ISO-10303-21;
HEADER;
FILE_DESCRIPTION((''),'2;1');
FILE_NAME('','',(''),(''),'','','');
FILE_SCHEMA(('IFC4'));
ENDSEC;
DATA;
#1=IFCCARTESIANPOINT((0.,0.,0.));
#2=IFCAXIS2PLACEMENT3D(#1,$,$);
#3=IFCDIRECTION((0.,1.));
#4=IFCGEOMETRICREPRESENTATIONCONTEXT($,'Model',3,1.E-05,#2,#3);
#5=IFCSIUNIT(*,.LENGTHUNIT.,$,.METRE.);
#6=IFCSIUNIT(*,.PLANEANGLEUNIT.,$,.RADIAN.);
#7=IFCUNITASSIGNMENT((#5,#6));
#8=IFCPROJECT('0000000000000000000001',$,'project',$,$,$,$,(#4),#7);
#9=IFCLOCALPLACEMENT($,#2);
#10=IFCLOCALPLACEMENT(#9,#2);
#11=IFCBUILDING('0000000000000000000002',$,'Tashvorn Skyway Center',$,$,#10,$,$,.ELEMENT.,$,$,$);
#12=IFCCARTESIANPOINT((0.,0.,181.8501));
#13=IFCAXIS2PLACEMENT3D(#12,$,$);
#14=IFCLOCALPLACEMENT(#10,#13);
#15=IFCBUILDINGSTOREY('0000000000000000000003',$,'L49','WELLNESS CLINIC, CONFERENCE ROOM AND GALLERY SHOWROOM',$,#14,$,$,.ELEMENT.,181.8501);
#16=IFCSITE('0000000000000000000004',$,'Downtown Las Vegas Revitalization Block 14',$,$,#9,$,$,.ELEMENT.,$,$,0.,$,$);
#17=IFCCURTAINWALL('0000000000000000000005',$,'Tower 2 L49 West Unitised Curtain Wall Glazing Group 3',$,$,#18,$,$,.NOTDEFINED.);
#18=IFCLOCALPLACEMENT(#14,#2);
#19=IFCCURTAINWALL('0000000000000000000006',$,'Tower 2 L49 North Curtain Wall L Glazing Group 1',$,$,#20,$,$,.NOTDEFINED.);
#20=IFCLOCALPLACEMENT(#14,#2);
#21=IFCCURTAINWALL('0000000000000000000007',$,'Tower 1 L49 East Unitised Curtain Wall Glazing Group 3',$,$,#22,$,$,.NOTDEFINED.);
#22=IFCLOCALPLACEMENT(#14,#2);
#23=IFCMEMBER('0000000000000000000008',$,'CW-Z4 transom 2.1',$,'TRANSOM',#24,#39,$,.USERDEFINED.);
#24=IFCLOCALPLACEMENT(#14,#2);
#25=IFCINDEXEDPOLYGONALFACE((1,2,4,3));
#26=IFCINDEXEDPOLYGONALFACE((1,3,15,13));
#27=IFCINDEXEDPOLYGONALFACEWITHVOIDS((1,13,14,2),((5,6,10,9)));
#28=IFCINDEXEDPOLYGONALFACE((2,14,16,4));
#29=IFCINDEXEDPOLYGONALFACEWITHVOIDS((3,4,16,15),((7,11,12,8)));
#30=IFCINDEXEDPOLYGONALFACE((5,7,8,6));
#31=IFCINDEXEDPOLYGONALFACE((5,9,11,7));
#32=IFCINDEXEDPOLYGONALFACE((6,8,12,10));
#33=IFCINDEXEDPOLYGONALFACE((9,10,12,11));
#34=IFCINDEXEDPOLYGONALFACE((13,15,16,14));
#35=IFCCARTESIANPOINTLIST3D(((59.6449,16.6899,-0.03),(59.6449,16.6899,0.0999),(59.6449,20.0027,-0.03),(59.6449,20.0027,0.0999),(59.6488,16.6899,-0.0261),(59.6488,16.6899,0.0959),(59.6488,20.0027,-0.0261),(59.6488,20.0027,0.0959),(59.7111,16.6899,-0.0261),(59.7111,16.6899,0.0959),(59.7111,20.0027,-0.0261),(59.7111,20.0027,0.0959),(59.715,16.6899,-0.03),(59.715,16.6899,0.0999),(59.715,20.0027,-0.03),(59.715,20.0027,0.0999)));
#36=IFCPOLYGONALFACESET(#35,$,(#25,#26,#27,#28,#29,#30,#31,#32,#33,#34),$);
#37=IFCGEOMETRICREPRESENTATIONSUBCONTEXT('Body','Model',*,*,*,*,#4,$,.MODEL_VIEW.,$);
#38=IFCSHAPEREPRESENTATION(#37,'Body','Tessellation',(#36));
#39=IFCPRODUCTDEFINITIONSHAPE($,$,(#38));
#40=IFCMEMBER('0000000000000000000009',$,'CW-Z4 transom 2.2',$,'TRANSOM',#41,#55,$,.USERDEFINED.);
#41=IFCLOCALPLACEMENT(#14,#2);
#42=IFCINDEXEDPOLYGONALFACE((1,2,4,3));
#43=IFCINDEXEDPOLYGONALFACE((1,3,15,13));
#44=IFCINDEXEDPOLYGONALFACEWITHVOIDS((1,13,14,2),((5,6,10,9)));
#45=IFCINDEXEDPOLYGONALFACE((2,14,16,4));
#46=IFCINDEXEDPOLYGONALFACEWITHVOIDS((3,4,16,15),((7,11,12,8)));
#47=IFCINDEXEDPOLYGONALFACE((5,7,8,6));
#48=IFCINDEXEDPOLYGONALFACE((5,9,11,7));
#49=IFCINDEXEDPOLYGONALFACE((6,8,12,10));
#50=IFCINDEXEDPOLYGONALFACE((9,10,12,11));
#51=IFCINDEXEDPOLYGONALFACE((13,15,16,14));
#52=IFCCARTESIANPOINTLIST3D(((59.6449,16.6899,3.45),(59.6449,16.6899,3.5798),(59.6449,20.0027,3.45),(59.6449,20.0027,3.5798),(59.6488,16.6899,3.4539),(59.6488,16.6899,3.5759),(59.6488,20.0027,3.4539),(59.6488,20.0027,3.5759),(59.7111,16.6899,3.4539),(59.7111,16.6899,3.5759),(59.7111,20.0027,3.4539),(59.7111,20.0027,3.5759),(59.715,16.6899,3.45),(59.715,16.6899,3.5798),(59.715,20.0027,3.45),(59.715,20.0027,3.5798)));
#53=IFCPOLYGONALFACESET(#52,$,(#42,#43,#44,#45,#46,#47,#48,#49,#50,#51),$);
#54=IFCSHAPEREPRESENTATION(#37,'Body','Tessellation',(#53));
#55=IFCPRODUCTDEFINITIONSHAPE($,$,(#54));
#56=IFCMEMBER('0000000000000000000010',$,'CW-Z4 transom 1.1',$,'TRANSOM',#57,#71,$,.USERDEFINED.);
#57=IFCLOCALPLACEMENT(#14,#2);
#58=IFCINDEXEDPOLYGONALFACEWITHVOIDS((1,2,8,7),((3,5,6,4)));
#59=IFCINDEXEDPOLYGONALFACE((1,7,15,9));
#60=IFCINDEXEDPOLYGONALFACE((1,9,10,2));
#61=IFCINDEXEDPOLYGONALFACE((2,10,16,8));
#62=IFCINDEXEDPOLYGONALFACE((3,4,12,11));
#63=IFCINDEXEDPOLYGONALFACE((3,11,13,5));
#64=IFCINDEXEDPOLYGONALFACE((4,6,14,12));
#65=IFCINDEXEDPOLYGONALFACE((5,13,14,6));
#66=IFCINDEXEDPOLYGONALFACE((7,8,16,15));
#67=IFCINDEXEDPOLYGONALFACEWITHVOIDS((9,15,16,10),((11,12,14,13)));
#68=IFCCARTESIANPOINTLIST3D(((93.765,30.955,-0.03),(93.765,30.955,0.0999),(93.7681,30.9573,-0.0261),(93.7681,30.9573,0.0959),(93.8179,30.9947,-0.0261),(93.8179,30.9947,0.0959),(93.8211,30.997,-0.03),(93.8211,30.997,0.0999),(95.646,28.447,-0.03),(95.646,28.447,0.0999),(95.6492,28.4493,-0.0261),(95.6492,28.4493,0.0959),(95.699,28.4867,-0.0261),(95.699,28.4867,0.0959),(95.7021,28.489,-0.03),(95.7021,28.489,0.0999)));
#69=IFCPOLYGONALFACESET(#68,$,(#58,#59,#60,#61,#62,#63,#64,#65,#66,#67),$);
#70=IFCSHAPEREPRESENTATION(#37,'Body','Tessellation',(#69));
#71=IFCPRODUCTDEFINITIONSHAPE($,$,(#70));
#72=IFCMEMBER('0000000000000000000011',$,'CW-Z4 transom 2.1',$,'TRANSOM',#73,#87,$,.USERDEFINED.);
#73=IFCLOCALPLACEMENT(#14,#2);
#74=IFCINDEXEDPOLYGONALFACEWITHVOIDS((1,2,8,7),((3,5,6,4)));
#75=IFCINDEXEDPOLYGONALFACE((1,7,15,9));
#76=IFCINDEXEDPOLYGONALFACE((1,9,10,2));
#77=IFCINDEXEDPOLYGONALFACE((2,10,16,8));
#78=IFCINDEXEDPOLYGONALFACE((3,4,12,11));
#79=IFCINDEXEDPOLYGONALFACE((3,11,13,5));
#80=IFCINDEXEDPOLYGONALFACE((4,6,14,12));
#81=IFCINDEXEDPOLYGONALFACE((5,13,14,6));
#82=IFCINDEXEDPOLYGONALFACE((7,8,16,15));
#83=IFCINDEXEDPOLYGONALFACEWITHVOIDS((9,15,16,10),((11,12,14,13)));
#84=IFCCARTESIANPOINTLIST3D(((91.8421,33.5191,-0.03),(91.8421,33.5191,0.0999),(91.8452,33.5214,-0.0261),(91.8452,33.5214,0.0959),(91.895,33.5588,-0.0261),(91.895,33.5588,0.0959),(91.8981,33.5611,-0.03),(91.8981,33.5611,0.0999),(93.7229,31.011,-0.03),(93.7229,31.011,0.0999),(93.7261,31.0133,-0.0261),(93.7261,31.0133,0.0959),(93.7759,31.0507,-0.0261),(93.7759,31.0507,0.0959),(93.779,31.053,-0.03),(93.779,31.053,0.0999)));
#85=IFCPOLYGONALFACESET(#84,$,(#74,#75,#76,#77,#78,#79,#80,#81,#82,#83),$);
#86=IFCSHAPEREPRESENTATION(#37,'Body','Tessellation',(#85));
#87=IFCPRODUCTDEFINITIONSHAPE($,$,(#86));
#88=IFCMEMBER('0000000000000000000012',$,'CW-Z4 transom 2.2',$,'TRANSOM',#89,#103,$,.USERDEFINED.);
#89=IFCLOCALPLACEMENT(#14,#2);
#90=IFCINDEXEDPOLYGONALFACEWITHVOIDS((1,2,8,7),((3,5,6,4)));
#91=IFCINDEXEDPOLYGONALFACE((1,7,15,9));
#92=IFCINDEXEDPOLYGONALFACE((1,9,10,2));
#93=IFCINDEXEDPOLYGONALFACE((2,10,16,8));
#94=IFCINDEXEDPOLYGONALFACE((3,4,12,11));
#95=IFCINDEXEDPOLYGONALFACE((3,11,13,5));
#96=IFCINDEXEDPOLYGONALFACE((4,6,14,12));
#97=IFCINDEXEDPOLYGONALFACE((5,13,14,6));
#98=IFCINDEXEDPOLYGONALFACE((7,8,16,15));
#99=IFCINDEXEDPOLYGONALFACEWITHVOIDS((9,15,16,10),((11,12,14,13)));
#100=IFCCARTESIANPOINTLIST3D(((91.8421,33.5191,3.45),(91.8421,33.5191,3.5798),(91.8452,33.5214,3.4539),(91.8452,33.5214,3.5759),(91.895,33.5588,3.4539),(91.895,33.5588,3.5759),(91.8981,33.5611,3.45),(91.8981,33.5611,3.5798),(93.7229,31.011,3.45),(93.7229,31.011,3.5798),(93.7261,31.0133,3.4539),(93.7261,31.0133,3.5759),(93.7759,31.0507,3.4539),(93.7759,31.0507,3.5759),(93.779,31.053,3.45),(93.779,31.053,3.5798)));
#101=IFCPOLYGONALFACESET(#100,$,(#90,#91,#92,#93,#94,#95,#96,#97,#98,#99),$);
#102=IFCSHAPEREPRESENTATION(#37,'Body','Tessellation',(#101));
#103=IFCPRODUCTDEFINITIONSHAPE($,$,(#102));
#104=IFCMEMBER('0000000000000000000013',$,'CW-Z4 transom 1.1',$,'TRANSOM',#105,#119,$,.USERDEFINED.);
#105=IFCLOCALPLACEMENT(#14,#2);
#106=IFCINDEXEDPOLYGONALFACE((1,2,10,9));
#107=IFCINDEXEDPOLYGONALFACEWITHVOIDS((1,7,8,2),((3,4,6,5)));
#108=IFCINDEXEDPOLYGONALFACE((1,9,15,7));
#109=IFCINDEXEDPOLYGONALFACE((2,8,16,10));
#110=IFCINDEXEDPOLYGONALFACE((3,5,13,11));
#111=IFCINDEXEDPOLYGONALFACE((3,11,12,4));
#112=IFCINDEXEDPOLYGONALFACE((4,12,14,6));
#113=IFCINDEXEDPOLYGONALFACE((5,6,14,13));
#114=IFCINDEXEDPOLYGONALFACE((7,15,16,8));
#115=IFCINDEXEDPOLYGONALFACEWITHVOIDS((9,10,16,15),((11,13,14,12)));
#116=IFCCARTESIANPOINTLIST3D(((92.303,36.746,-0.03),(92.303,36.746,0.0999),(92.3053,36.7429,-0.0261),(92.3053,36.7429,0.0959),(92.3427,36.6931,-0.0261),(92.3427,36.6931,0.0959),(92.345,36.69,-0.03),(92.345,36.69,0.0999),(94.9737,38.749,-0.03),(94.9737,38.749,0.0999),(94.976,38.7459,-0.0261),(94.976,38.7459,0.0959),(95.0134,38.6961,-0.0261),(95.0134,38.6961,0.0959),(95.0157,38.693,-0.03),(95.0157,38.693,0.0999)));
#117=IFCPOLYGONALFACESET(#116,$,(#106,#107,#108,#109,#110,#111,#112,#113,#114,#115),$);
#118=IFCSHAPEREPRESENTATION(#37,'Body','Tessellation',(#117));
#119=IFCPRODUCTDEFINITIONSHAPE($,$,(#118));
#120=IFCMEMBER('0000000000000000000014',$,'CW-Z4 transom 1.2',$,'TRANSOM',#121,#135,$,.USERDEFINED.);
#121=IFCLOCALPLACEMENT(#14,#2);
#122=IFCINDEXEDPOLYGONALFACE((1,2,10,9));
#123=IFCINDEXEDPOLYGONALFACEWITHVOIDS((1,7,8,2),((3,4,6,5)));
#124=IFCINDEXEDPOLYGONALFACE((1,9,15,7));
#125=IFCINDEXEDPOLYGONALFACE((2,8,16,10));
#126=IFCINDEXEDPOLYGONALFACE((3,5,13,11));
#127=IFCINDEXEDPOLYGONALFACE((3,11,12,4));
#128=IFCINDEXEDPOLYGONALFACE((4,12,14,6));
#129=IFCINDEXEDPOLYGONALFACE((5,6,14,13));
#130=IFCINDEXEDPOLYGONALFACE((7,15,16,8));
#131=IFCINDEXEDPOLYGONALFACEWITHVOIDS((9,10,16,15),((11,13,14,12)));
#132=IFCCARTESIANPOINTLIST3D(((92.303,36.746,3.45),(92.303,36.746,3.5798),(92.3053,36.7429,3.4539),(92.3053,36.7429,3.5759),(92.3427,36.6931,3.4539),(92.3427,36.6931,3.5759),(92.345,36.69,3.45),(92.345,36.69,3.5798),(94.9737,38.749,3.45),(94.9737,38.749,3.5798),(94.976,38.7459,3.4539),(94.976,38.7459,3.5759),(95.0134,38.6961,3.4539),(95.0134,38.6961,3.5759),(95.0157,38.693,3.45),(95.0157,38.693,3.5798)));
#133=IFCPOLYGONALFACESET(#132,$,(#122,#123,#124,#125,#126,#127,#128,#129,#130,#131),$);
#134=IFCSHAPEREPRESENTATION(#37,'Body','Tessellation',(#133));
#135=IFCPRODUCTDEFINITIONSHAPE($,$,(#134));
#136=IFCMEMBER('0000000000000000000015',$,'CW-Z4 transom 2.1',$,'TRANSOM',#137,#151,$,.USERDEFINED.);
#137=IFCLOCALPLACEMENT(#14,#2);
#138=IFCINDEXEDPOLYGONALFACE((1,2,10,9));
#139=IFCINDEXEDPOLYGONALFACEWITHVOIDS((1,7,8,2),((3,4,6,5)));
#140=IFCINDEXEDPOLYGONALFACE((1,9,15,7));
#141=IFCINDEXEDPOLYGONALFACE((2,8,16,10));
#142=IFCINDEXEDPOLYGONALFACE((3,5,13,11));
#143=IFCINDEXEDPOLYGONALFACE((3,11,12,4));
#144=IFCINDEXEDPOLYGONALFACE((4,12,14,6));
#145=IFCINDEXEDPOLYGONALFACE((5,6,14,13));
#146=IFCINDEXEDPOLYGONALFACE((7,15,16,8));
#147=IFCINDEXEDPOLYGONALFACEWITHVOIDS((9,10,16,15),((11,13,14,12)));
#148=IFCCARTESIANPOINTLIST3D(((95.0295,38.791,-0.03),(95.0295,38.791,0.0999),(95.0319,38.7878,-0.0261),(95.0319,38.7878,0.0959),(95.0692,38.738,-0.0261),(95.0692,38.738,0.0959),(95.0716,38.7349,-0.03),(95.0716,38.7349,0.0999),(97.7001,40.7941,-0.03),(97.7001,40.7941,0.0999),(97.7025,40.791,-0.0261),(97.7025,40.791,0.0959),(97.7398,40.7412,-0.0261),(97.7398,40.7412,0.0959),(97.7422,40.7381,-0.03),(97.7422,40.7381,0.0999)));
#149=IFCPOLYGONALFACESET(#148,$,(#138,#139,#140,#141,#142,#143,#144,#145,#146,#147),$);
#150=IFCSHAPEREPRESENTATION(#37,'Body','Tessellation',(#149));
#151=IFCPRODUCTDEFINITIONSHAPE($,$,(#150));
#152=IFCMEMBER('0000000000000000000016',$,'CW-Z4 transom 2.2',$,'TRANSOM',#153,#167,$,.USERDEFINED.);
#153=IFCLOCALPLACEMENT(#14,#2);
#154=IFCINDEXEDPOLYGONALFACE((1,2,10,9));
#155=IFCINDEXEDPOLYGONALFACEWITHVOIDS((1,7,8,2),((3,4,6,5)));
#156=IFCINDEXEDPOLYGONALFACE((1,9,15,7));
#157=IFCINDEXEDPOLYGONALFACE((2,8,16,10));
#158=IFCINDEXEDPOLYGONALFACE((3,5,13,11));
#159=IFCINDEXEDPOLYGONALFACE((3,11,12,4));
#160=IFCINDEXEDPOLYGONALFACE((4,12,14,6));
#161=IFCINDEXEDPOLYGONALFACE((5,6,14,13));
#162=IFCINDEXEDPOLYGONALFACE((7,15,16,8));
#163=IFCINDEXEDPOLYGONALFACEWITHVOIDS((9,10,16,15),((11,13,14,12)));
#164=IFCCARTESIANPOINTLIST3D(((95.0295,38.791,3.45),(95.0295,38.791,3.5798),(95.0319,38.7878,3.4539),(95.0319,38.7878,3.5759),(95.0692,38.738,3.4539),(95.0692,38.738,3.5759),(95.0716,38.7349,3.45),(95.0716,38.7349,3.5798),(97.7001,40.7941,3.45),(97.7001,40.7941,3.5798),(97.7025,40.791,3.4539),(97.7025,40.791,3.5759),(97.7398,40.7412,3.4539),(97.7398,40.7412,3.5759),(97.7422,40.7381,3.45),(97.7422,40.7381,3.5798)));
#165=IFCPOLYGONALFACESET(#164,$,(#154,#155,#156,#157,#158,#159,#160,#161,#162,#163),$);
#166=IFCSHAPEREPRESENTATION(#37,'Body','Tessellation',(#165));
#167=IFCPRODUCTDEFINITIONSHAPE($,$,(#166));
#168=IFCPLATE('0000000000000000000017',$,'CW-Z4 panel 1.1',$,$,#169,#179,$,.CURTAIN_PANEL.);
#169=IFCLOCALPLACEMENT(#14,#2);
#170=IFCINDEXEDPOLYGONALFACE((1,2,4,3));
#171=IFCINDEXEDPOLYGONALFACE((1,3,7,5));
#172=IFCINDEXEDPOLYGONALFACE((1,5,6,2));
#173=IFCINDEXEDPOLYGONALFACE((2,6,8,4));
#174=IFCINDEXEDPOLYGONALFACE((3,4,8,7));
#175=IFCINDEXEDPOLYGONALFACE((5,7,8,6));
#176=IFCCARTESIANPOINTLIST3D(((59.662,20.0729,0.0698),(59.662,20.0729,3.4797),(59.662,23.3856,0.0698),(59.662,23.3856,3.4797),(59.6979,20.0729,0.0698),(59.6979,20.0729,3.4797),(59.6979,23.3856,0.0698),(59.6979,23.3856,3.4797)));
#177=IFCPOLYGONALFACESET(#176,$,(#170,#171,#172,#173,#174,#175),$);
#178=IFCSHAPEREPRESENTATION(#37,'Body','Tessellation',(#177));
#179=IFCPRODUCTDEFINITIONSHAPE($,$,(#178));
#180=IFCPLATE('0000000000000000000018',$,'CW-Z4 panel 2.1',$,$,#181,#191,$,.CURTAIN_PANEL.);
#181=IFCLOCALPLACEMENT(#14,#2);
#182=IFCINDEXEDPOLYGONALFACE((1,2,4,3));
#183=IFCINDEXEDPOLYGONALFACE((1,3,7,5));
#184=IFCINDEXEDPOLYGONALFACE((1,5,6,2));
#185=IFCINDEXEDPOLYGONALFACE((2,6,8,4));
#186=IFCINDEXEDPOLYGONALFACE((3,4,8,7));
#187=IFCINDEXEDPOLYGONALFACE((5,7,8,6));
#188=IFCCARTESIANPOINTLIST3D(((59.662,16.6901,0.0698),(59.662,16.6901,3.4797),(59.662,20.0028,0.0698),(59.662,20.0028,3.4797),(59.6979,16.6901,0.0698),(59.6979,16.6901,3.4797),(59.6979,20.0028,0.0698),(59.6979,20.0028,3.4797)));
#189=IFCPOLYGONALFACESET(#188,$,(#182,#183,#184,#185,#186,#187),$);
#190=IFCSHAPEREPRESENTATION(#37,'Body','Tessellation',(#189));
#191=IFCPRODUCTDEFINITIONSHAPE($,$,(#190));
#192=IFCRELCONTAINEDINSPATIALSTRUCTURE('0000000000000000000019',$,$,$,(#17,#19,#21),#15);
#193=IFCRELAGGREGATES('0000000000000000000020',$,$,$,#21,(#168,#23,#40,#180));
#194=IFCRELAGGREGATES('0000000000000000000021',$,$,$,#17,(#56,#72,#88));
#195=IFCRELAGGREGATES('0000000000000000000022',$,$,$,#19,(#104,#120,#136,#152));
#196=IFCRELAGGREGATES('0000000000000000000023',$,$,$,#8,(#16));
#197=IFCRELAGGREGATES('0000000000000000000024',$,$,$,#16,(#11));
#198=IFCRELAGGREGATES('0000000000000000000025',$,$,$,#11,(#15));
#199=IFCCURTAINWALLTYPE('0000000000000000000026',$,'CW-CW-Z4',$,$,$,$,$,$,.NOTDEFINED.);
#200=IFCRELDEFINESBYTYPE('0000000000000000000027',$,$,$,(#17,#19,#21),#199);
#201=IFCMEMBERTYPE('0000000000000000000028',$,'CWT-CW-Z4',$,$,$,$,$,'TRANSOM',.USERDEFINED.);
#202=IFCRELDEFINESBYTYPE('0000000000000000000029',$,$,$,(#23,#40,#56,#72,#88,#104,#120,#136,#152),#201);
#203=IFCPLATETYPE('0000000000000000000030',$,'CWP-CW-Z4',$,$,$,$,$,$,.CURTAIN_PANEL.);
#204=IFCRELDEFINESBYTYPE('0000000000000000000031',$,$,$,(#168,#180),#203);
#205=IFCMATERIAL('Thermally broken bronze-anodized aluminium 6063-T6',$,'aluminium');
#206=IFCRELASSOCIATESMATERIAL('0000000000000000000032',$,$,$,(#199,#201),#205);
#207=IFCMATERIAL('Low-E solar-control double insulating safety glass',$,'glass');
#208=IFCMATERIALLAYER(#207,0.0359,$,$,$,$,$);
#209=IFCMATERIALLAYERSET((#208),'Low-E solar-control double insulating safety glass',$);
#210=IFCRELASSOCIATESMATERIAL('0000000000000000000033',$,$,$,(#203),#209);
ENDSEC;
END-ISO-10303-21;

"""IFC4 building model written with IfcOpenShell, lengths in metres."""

from ifc_helpers import new_model, si_unit, direction, frame, origin, origin_2d, place, context, subcontext, project, spatial, rectangle, hollow_rectangle, extrude, material, layer, layer_set, material_profile, profile_set, type_object, element, aggregate, save


model = new_model("IFC4")

# Units and contexts
model_context = context("Model", 3, precision=1e-05, world=origin(), true_north=direction((0.0, 1.0)))
body_context = subcontext(model_context, "Body", "Model", "MODEL_VIEW")
ifc_project = project(units=[si_unit("LENGTHUNIT", "METRE"), si_unit("PLANEANGLEUNIT", "RADIAN")], contexts=[model_context])

# Site, building, storey
site_placement = place(None, origin())
site = spatial("IfcSite", under=ifc_project, at=site_placement, Name="Downtown Las Vegas Revitalization Block 14", CompositionType="ELEMENT", RefElevation=0.0)
building_placement = place(site_placement, origin())
building = spatial("IfcBuilding", under=site, at=building_placement, Name="Tashvorn Skyway Center", CompositionType="ELEMENT")
storey_placement = place(building_placement, frame((0.0, 0.0, 181.8501)))
storey = spatial("IfcBuildingStorey", under=building, at=storey_placement, Name="L49", Description="WELLNESS CLINIC, CONFERENCE ROOM AND GALLERY SHOWROOM", CompositionType="ELEMENT", Elevation=181.8501)

# Curtain walls, members
ifc_material_1 = material(Name="Thermally broken bronze-anodized aluminium 6063-T6", Category="aluminium")
curtain_wall_type = type_object("IfcCurtainWallType", Name="CW-CW-Z4", PredefinedType="NOTDEFINED", material=ifc_material_1)
curtain_wall_1_placement = place(storey_placement, origin())
curtain_wall_1 = element("IfcCurtainWall", 1, at=curtain_wall_1_placement, inside=storey, type_object=curtain_wall_type, Name="Tower 2 L49 West Unitised Curtain Wall Glazing Group 3", PredefinedType="NOTDEFINED")
curtain_wall_2_placement = place(storey_placement, origin())
curtain_wall_2 = element("IfcCurtainWall", 2, at=curtain_wall_2_placement, inside=storey, type_object=curtain_wall_type, Name="Tower 2 L49 North Curtain Wall L Glazing Group 1", PredefinedType="NOTDEFINED")
curtain_wall_3_placement = place(storey_placement, origin())
curtain_wall_3 = element("IfcCurtainWall", 3, at=curtain_wall_3_placement, inside=storey, type_object=curtain_wall_type, Name="Tower 1 L49 East Unitised Curtain Wall Glazing Group 3", PredefinedType="NOTDEFINED")
ifc_material_profile_1 = material_profile(ifc_material_1, hollow_rectangle(XDim=0.0701, YDim=0.1299, WallThickness=0.0039, at=origin_2d()), Name="ALU-TRAN-70x130")
ifc_profile_set_1 = profile_set([ifc_material_profile_1], Name="Thermally broken bronze-anodized aluminium 6063-T6")
member_type_1 = type_object("IfcMemberType", Name="CWT-CW-Z4", ElementType="TRANSOM", PredefinedType="USERDEFINED", material=ifc_profile_set_1)
member_1_placement = place(storey_placement, frame((59.6799, 20.0027, 0.0349), z_axis=(0.0, -1.0, 0.0), x_axis=(1.0, 0.0, 0.0)))
member_1 = element("IfcMember", 4, at=member_1_placement, type_object=member_type_1, Name="CW-Z4 transom 2.1", ObjectType="TRANSOM", PredefinedType="USERDEFINED", context=body_context, shape_type="SweptSolid", body=[
    extrude(hollow_rectangle(XDim=0.0701, YDim=0.1299, WallThickness=0.0039, at=origin_2d()), origin(), (0.0, 0.0, 1.0), 3.3127),
])
member_2_placement = place(storey_placement, frame((59.6799, 20.0027, 3.5149), z_axis=(0.0, -1.0, 0.0), x_axis=(1.0, 0.0, 0.0)))
member_2 = element("IfcMember", 5, at=member_2_placement, type_object=member_type_1, Name="CW-Z4 transom 2.2", ObjectType="TRANSOM", PredefinedType="USERDEFINED", context=body_context, shape_type="SweptSolid", body=[
    extrude(hollow_rectangle(XDim=0.0701, YDim=0.1299, WallThickness=0.0039, at=origin_2d()), origin(), (0.0, 0.0, 1.0), 3.3127),
])

# Members
member_3_placement = place(storey_placement, frame((95.6741, 28.468, 0.0349), z_axis=(-0.600012, 0.799991, 0.0), x_axis=(-0.799991, -0.600012, 0.0)))
member_3 = element("IfcMember", 6, at=member_3_placement, type_object=member_type_1, Name="CW-Z4 transom 1.1", ObjectType="TRANSOM", PredefinedType="USERDEFINED", context=body_context, shape_type="SweptSolid", body=[
    extrude(hollow_rectangle(XDim=0.0701, YDim=0.1299, WallThickness=0.0039, at=origin_2d()), origin(), (0.0, 0.0, 1.0), 3.135),
])
member_4_placement = place(storey_placement, frame((93.751, 31.032, 0.0349), z_axis=(-0.599963, 0.800028, 0.0), x_axis=(-0.800028, -0.599963, 0.0)))
member_4 = element("IfcMember", 7, at=member_4_placement, type_object=member_type_1, Name="CW-Z4 transom 2.1", ObjectType="TRANSOM", PredefinedType="USERDEFINED", context=body_context, shape_type="SweptSolid", body=[
    extrude(hollow_rectangle(XDim=0.0701, YDim=0.1299, WallThickness=0.0039, at=origin_2d()), origin(), (0.0, 0.0, 1.0), 3.135),
])
member_5_placement = place(storey_placement, frame((93.751, 31.032, 3.5149), z_axis=(-0.599963, 0.800028, 0.0), x_axis=(-0.800028, -0.599963, 0.0)))
member_5 = element("IfcMember", 8, at=member_5_placement, type_object=member_type_1, Name="CW-Z4 transom 2.2", ObjectType="TRANSOM", PredefinedType="USERDEFINED", context=body_context, shape_type="SweptSolid", body=[
    extrude(hollow_rectangle(XDim=0.0701, YDim=0.1299, WallThickness=0.0039, at=origin_2d()), origin(), (0.0, 0.0, 1.0), 3.135),
])
member_6_placement = place(storey_placement, frame((92.324, 36.718, 0.0349), z_axis=(0.800009, 0.599988, 0.0), x_axis=(-0.599988, 0.800009, 0.0)))
member_6 = element("IfcMember", 9, at=member_6_placement, type_object=member_type_1, Name="CW-Z4 transom 1.1", ObjectType="TRANSOM", PredefinedType="USERDEFINED", context=body_context, shape_type="SweptSolid", body=[
    extrude(hollow_rectangle(XDim=0.0701, YDim=0.1299, WallThickness=0.0039, at=origin_2d()), origin(), (0.0, 0.0, 1.0), 3.3384),
])
member_7_placement = place(storey_placement, frame((92.324, 36.718, 3.5149), z_axis=(0.800009, 0.599988, 0.0), x_axis=(-0.599988, 0.800009, 0.0)))
member_7 = element("IfcMember", 10, at=member_7_placement, type_object=member_type_1, Name="CW-Z4 transom 1.2", ObjectType="TRANSOM", PredefinedType="USERDEFINED", context=body_context, shape_type="SweptSolid", body=[
    extrude(hollow_rectangle(XDim=0.0701, YDim=0.1299, WallThickness=0.0039, at=origin_2d()), origin(), (0.0, 0.0, 1.0), 3.3384),
])
member_8_placement = place(storey_placement, frame((95.0505, 38.7629, 0.0349), z_axis=(0.799974, 0.600035, 0.0), x_axis=(-0.600035, 0.799974, 0.0)))
member_8 = element("IfcMember", 11, at=member_8_placement, type_object=member_type_1, Name="CW-Z4 transom 2.1", ObjectType="TRANSOM", PredefinedType="USERDEFINED", context=body_context, shape_type="SweptSolid", body=[
    extrude(hollow_rectangle(XDim=0.0701, YDim=0.1299, WallThickness=0.0039, at=origin_2d()), origin(), (0.0, 0.0, 1.0), 3.3384),
])
member_9_placement = place(storey_placement, frame((95.0505, 38.7629, 3.5149), z_axis=(0.799974, 0.600035, 0.0), x_axis=(-0.600035, 0.799974, 0.0)))
member_9 = element("IfcMember", 12, at=member_9_placement, type_object=member_type_1, Name="CW-Z4 transom 2.2", ObjectType="TRANSOM", PredefinedType="USERDEFINED", context=body_context, shape_type="SweptSolid", body=[
    extrude(hollow_rectangle(XDim=0.0701, YDim=0.1299, WallThickness=0.0039, at=origin_2d()), origin(), (0.0, 0.0, 1.0), 3.3384),
])

# Plates
ifc_material_2 = material(Name="Low-E solar-control double insulating safety glass", Category="glass")
ifc_layer_1 = layer(ifc_material_2, 0.0359)
ifc_layer_set_1 = layer_set([ifc_layer_1], Name="Low-E solar-control double insulating safety glass")
plate_type = type_object("IfcPlateType", Name="CWP-CW-Z4", PredefinedType="CURTAIN_PANEL", material=ifc_layer_set_1)
plate_1_placement = place(storey_placement, frame((59.6799, 21.7292, 0.0698), z_axis=(0.0, 0.0, 1.0), x_axis=(0.0, -1.0, 0.0)))
plate_1 = element("IfcPlate", 13, at=plate_1_placement, type_object=plate_type, Name="CW-Z4 panel 1.1", PredefinedType="CURTAIN_PANEL", context=body_context, shape_type="SweptSolid", body=[
    extrude(rectangle(XDim=3.3127, YDim=0.0359, at=origin_2d()), origin(), (0.0, 0.0, 1.0), 3.4099),
])
plate_2_placement = place(storey_placement, frame((59.6799, 18.3464, 0.0698), z_axis=(0.0, 0.0, 1.0), x_axis=(0.0, -1.0, 0.0)))
plate_2 = element("IfcPlate", 14, at=plate_2_placement, type_object=plate_type, Name="CW-Z4 panel 2.1", PredefinedType="CURTAIN_PANEL", context=body_context, shape_type="SweptSolid", body=[
    extrude(rectangle(XDim=3.3127, YDim=0.0359, at=origin_2d()), origin(), (0.0, 0.0, 1.0), 3.4099),
])
aggregate(curtain_wall_3, [plate_1, member_1, member_2, plate_2])
aggregate(curtain_wall_1, [member_3, member_4, member_5])
aggregate(curtain_wall_2, [member_6, member_7, member_8, member_9])

save(model, "model.ifc")
